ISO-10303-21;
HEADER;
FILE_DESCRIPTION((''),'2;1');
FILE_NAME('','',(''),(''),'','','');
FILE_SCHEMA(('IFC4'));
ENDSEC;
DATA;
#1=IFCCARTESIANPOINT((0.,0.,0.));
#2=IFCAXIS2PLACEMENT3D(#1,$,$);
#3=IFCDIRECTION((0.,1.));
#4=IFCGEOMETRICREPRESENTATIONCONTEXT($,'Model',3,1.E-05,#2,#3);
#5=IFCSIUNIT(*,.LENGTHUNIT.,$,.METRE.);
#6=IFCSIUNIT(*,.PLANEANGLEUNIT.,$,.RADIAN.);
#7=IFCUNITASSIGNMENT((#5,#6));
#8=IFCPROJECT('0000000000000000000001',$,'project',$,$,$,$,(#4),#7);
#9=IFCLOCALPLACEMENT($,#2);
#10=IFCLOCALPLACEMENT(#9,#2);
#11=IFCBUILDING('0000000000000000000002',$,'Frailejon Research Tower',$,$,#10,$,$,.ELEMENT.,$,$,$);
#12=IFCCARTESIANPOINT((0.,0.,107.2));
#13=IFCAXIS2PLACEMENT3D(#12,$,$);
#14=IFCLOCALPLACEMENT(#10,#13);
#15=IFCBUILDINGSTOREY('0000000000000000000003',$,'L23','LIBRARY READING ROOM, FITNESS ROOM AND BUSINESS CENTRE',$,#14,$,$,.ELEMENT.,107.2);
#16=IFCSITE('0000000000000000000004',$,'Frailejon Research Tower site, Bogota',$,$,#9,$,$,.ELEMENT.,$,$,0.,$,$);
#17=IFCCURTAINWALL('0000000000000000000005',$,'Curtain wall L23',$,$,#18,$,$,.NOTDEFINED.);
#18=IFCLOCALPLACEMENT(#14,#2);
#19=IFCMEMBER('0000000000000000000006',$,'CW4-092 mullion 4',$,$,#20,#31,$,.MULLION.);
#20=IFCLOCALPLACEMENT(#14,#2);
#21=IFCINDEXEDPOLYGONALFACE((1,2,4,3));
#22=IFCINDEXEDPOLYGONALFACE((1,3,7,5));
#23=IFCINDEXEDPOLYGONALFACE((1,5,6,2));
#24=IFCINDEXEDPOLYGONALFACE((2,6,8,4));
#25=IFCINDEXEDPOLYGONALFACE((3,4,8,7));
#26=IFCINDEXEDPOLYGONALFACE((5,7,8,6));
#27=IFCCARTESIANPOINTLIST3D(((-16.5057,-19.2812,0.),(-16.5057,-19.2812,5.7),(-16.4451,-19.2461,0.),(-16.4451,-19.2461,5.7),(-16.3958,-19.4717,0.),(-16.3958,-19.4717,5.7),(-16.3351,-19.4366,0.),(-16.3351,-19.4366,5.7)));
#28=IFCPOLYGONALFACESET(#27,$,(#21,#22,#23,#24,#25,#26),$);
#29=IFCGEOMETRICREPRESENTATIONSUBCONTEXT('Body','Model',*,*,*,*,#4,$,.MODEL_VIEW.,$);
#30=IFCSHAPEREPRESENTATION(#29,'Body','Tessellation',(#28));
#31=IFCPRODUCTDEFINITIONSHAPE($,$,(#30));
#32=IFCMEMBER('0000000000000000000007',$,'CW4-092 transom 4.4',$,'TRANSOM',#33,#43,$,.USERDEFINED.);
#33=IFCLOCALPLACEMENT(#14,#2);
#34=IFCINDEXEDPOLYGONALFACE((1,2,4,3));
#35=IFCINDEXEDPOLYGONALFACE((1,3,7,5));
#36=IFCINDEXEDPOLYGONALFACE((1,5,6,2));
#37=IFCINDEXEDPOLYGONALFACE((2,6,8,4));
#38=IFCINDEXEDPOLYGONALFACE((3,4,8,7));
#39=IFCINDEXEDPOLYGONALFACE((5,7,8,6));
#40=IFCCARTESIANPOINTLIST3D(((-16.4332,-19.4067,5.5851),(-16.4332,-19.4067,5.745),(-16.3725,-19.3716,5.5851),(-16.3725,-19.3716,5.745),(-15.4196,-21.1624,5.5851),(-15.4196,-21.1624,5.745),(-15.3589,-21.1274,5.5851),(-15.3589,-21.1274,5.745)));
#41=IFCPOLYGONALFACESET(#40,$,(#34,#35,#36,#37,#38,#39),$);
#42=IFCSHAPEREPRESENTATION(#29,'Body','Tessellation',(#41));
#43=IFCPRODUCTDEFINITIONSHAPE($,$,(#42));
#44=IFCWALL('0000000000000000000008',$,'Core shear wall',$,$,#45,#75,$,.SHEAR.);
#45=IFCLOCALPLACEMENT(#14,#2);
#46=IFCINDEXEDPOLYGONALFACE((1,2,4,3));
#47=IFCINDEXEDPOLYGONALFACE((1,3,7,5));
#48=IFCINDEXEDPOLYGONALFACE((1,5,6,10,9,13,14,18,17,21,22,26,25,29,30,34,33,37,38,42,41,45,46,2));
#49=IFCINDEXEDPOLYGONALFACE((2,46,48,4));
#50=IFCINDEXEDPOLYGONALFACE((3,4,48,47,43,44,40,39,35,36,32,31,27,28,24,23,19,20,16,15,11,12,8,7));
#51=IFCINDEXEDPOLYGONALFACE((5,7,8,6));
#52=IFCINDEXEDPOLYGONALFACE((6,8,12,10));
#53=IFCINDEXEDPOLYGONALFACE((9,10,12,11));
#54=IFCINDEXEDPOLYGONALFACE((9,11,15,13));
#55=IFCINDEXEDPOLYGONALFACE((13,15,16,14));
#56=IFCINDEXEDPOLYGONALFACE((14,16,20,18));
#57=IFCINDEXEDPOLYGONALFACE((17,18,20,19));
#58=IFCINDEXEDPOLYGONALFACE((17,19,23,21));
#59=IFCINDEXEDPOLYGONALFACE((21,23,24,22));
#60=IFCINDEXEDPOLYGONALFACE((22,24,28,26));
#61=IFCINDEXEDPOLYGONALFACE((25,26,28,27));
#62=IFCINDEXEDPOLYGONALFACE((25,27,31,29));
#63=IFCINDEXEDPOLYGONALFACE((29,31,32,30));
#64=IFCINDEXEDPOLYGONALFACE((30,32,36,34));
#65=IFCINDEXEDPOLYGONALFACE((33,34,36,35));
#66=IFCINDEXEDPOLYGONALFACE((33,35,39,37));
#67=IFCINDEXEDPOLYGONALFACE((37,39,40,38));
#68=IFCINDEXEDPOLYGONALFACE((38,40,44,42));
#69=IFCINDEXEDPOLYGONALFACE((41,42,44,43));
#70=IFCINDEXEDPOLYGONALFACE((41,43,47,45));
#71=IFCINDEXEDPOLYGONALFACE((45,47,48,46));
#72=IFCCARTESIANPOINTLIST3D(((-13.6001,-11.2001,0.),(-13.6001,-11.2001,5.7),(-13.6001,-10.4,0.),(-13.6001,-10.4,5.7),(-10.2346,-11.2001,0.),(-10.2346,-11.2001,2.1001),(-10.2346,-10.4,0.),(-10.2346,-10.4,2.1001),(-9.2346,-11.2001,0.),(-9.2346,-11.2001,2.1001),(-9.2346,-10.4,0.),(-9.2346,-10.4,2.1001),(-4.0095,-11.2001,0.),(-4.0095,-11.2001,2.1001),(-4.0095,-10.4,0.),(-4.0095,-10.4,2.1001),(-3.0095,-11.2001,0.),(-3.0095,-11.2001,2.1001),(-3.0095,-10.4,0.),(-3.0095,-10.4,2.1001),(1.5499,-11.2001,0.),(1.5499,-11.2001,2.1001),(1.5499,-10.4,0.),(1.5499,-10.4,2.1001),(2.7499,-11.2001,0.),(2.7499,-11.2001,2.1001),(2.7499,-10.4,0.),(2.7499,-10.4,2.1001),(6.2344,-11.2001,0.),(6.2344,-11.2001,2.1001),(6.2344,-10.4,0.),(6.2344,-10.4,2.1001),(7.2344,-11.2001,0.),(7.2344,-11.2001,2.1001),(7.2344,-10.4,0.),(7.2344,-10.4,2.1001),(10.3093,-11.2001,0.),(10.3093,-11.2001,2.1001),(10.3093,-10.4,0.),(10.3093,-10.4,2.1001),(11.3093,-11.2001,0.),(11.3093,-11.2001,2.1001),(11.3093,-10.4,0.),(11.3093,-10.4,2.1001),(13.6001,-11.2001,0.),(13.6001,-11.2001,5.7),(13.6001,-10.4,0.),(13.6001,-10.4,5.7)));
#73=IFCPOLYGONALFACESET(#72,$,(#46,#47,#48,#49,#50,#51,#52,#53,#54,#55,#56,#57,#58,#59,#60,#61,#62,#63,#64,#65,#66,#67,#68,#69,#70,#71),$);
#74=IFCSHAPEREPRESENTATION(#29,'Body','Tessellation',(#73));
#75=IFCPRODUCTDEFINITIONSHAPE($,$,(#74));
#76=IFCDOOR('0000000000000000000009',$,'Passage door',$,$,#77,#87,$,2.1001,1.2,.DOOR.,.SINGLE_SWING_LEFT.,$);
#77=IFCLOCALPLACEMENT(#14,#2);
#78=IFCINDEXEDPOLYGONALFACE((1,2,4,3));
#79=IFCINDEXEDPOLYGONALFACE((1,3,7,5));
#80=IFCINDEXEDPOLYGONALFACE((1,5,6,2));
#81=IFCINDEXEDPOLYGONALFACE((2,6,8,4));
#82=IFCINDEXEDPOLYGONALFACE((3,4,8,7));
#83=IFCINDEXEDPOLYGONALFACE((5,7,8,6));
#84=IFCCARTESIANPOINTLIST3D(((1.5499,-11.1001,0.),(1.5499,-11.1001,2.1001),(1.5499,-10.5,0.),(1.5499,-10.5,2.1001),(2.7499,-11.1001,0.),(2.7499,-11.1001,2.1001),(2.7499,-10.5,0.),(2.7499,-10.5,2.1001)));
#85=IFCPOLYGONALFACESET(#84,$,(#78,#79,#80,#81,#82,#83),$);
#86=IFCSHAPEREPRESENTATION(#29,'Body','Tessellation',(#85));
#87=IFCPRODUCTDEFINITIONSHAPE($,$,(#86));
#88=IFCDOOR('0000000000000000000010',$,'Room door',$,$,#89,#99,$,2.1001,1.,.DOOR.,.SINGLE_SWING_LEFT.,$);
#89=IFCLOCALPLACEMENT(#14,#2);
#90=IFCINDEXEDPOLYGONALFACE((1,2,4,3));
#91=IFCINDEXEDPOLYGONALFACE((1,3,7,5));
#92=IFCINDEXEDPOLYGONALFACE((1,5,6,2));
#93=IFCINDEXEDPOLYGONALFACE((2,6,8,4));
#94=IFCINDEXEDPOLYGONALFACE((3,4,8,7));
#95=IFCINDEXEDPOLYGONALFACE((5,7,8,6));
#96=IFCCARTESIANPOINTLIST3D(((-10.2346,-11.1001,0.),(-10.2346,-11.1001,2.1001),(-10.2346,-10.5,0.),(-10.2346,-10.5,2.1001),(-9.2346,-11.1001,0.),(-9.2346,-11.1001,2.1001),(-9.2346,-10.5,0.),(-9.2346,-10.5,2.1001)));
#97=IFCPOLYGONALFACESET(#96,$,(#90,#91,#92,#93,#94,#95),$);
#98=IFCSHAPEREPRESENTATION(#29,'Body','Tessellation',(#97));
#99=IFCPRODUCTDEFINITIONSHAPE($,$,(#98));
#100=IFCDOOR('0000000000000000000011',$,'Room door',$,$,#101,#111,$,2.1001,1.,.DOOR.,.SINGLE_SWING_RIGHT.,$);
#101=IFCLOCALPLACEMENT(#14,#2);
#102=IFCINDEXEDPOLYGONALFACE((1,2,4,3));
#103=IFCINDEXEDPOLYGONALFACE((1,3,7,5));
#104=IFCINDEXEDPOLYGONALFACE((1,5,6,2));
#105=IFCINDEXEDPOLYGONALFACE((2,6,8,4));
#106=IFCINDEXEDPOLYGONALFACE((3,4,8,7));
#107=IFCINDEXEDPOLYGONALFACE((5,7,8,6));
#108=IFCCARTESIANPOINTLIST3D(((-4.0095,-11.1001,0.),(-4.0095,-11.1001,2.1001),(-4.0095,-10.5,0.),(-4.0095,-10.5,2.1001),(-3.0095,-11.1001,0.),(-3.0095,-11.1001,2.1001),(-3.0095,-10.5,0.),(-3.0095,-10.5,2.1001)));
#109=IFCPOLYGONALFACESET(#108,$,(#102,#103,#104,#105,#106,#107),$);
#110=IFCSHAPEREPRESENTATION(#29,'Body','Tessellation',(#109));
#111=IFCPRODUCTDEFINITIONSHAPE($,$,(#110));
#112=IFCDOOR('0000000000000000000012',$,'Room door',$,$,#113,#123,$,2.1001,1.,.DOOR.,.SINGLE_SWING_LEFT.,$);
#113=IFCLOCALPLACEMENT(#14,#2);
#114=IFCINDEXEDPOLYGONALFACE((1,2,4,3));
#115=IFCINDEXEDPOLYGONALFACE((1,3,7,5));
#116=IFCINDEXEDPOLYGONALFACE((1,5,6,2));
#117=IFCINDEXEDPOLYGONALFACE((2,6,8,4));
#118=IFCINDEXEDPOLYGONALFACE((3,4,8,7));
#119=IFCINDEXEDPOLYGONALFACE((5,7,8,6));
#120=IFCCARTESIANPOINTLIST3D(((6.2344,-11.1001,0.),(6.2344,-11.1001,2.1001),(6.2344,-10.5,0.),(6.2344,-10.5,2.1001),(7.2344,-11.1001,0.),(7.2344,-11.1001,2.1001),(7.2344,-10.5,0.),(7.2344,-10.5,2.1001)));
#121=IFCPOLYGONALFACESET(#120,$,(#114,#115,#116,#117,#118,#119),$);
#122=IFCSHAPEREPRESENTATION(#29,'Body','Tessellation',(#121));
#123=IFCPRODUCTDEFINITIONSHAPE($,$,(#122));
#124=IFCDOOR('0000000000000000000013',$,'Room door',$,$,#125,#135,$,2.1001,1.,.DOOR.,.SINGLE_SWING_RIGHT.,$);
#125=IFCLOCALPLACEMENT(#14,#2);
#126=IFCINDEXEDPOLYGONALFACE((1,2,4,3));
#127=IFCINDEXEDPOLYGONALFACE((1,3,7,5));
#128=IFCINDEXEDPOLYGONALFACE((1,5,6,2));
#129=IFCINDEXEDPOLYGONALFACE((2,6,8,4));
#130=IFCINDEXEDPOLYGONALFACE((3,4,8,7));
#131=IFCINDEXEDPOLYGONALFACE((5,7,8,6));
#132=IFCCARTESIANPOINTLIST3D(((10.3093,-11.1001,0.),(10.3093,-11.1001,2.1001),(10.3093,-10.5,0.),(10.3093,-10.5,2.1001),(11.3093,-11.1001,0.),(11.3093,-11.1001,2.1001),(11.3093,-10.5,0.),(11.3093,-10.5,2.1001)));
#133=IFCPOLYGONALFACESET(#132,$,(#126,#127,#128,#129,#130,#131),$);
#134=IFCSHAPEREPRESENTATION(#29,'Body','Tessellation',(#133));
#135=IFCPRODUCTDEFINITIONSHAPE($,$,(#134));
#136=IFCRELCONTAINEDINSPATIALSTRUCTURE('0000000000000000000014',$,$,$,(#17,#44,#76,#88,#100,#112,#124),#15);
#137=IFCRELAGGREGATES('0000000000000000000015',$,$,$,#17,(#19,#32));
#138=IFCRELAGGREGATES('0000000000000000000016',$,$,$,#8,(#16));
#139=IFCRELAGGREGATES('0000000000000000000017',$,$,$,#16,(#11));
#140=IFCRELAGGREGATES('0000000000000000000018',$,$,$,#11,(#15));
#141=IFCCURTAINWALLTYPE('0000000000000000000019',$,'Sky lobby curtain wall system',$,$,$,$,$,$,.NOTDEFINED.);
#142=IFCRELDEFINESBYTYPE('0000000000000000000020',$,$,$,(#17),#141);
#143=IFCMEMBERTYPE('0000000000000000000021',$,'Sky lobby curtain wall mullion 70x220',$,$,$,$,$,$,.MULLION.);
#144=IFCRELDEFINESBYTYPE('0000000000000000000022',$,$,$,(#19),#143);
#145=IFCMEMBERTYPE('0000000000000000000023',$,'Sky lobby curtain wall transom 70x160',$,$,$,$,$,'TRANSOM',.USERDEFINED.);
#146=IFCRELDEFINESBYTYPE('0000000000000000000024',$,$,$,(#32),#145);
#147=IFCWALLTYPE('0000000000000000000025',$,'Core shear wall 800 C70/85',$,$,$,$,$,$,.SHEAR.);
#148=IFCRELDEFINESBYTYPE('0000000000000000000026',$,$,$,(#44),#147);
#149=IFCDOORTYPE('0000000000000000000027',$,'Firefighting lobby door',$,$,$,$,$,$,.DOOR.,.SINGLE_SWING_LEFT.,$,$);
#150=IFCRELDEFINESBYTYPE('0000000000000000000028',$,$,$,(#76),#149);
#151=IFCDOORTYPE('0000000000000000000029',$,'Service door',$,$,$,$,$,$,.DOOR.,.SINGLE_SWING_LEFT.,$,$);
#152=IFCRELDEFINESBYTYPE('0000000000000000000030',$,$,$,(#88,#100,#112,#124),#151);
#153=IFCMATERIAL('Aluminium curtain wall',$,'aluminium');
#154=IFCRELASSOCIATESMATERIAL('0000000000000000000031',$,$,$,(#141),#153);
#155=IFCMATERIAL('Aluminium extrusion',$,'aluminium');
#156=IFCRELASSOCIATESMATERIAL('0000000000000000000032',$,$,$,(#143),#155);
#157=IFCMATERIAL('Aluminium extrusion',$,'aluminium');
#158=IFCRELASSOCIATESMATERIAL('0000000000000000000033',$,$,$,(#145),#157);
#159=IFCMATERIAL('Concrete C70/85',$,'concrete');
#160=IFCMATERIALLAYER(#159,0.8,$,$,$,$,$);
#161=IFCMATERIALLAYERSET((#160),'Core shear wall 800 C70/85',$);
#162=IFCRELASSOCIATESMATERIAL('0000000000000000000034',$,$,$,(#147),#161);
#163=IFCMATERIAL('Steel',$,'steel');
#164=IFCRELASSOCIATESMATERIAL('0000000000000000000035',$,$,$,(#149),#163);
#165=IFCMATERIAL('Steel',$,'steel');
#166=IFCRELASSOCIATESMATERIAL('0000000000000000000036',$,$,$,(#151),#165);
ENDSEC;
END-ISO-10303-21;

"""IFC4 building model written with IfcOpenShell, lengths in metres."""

from ifc_helpers import new_model, si_unit, direction, frame, frame_2d, origin, origin_2d, place, context, subcontext, project, spatial, rectangle, extrude, material, layer, layer_set, material_profile, profile_set, type_object, element, fill, aggregate, save


model = new_model("IFC4")

# Units and contexts
model_context = context("Model", 3, precision=1e-05, world=origin(), true_north=direction((0.0, 1.0)))
body_context = subcontext(model_context, "Body", "Model", "MODEL_VIEW")
ifc_project = project(units=[si_unit("LENGTHUNIT", "METRE"), si_unit("PLANEANGLEUNIT", "RADIAN")], contexts=[model_context])

# Site, building, storey
site_placement = place(None, origin())
site = spatial("IfcSite", under=ifc_project, at=site_placement, Name="Frailejon Research Tower site, Bogota", CompositionType="ELEMENT", RefElevation=0.0)
building_placement = place(site_placement, origin())
building = spatial("IfcBuilding", under=site, at=building_placement, Name="Frailejon Research Tower", CompositionType="ELEMENT")
storey_placement = place(building_placement, frame((0.0, 0.0, 107.2)))
storey = spatial("IfcBuildingStorey", under=building, at=storey_placement, Name="L23", Description="LIBRARY READING ROOM, FITNESS ROOM AND BUSINESS CENTRE", CompositionType="ELEMENT", Elevation=107.2)

# Curtain wall, members
ifc_material_1 = material(Name="Aluminium curtain wall", Category="aluminium")
curtain_wall_type = type_object("IfcCurtainWallType", Name="Sky lobby curtain wall system", PredefinedType="NOTDEFINED", material=ifc_material_1)
curtain_wall_placement = place(storey_placement, origin())
curtain_wall = element("IfcCurtainWall", 1, at=curtain_wall_placement, inside=storey, type_object=curtain_wall_type, Name="Curtain wall L23", PredefinedType="NOTDEFINED")
ifc_material_2 = material(Name="Aluminium extrusion", Category="aluminium")
ifc_material_profile_1 = material_profile(ifc_material_2, rectangle(XDim=0.0701, YDim=0.22, at=origin_2d()), Name="Sky lobby curtain wall mullion 70x220")
ifc_profile_set_1 = profile_set([ifc_material_profile_1], Name="Aluminium extrusion")
member_type_1 = type_object("IfcMemberType", Name="Sky lobby curtain wall mullion 70x220", PredefinedType="MULLION", material=ifc_profile_set_1)
member_1_placement = place(storey_placement, frame((-16.4204, -19.3589, 0.0), z_axis=(0.0, 0.0, 1.0), x_axis=(0.866026, 0.5, 0.0)))
member_1 = element("IfcMember", 2, at=member_1_placement, type_object=member_type_1, Name="CW4-092 mullion 4", PredefinedType="MULLION", context=body_context, shape_type="SweptSolid", body=[
    extrude(rectangle(XDim=0.0701, YDim=0.22, at=origin_2d()), origin(), (0.0, 0.0, 1.0), 5.7),
])
ifc_material_3 = material(Name="Aluminium extrusion", Category="aluminium")
ifc_material_profile_2 = material_profile(ifc_material_3, rectangle(XDim=0.0701, YDim=0.1599, at=origin_2d()), Name="Sky lobby curtain wall transom 70x160")
ifc_profile_set_2 = profile_set([ifc_material_profile_2], Name="Aluminium extrusion")
member_type_2 = type_object("IfcMemberType", Name="Sky lobby curtain wall transom 70x160", ElementType="TRANSOM", PredefinedType="USERDEFINED", material=ifc_profile_set_2)
member_2_placement = place(storey_placement, frame((-16.4028, -19.3892, 5.665), z_axis=(0.499973, -0.866041, 0.0), x_axis=(0.866041, 0.499973, 0.0)))
member_2 = element("IfcMember", 3, at=member_2_placement, type_object=member_type_2, Name="CW4-092 transom 4.4", ObjectType="TRANSOM", PredefinedType="USERDEFINED", context=body_context, shape_type="SweptSolid", body=[
    extrude(rectangle(XDim=0.0701, YDim=0.1599, at=origin_2d()), origin(), (0.0, 0.0, 1.0), 2.0273),
])
aggregate(curtain_wall, [member_1, member_2])

# Wall, openings, doors
ifc_material_4 = material(Name="Concrete C70/85", Category="concrete")
ifc_layer_1 = layer(ifc_material_4, 0.8)
ifc_layer_set_1 = layer_set([ifc_layer_1], Name="Core shear wall 800 C70/85")
wall_type_1 = type_object("IfcWallType", Name="Core shear wall 800 C70/85", PredefinedType="SHEAR", material=ifc_layer_set_1)
wall_1_placement = place(storey_placement, frame((-13.6001, -10.8, 0.0), z_axis=(0.0, 0.0, 1.0), x_axis=(1.0, 0.0, 0.0)))
wall_1 = element("IfcWall", 4, at=wall_1_placement, inside=storey, type_object=wall_type_1, Name="Core shear wall", PredefinedType="SHEAR", context=body_context, shape_type="SweptSolid", body=[
    extrude(rectangle(XDim=27.2002, YDim=0.8, at=frame_2d((13.6001, 0.0))), origin(), (0.0, 0.0, 1.0), 5.7),
])
opening_1_placement = place(wall_1_placement, frame((3.3655, 0.0, 0.0)))
opening_1 = element("IfcOpeningElement", 5, at=opening_1_placement, cuts=wall_1, PredefinedType="OPENING", context=body_context, shape_type="SweptSolid", body=[
    extrude(rectangle(XDim=1.0, YDim=2.1001, at=frame_2d((0.5, 1.05))), frame((0.0, 0.4099, 0.0), z_axis=(0.0, -1.0, 0.0), x_axis=(1.0, 0.0, 0.0)), (0.0, 0.0, 1.0), 0.8201),
])
opening_2_placement = place(wall_1_placement, frame((9.5906, 0.0, 0.0)))
opening_2 = element("IfcOpeningElement", 6, at=opening_2_placement, cuts=wall_1, PredefinedType="OPENING", context=body_context, shape_type="SweptSolid", body=[
    extrude(rectangle(XDim=1.0, YDim=2.1001, at=frame_2d((0.5, 1.05))), frame((0.0, 0.4099, 0.0), z_axis=(0.0, -1.0, 0.0), x_axis=(1.0, 0.0, 0.0)), (0.0, 0.0, 1.0), 0.8201),
])
opening_3_placement = place(wall_1_placement, frame((19.8345, 0.0, 0.0)))
opening_3 = element("IfcOpeningElement", 7, at=opening_3_placement, cuts=wall_1, PredefinedType="OPENING", context=body_context, shape_type="SweptSolid", body=[
    extrude(rectangle(XDim=1.0, YDim=2.1001, at=frame_2d((0.5, 1.05))), frame((0.0, 0.4099, 0.0), z_axis=(0.0, -1.0, 0.0), x_axis=(1.0, 0.0, 0.0)), (0.0, 0.0, 1.0), 0.8201),
])
opening_4_placement = place(wall_1_placement, frame((23.9094, 0.0, 0.0)))
opening_4 = element("IfcOpeningElement", 8, at=opening_4_placement, cuts=wall_1, PredefinedType="OPENING", context=body_context, shape_type="SweptSolid", body=[
    extrude(rectangle(XDim=1.0, YDim=2.1001, at=frame_2d((0.5, 1.05))), frame((0.0, 0.4099, 0.0), z_axis=(0.0, -1.0, 0.0), x_axis=(1.0, 0.0, 0.0)), (0.0, 0.0, 1.0), 0.8201),
])
opening_5_placement = place(wall_1_placement, frame((15.1499, 0.0, 0.0)))
opening_5 = element("IfcOpeningElement", 9, at=opening_5_placement, cuts=wall_1, PredefinedType="OPENING", context=body_context, shape_type="SweptSolid", body=[
    extrude(rectangle(XDim=1.2, YDim=2.1001, at=frame_2d((0.6001, 1.05))), frame((0.0, 0.4099, 0.0), z_axis=(0.0, -1.0, 0.0), x_axis=(1.0, 0.0, 0.0)), (0.0, 0.0, 1.0), 0.8201),
])
ifc_material_5 = material(Name="Steel", Category="steel")
door_type_1 = type_object("IfcDoorType", Name="Firefighting lobby door", OperationType="SINGLE_SWING_LEFT", PredefinedType="DOOR", material=ifc_material_5)
door_1_placement = place(opening_5_placement, origin())
door_1 = element("IfcDoor", 10, at=door_1_placement, inside=storey, type_object=door_type_1, Name="Passage door", OperationType="SINGLE_SWING_LEFT", OverallHeight=2.1001, OverallWidth=1.2, PredefinedType="DOOR", context=body_context, shape_type="SweptSolid", body=[
    extrude(rectangle(XDim=1.2, YDim=2.1001, at=frame_2d((0.6001, 1.05))), frame((0.0, 0.3, 0.0), z_axis=(0.0, -1.0, 0.0), x_axis=(1.0, 0.0, 0.0)), (0.0, 0.0, 1.0), 0.6001),
])
fill(opening_5, door_1)
ifc_material_6 = material(Name="Steel", Category="steel")
door_type_2 = type_object("IfcDoorType", Name="Service door", OperationType="SINGLE_SWING_LEFT", PredefinedType="DOOR", material=ifc_material_6)
door_2_placement = place(opening_1_placement, origin())
door_2 = element("IfcDoor", 11, at=door_2_placement, inside=storey, type_object=door_type_2, Name="Room door", OperationType="SINGLE_SWING_LEFT", OverallHeight=2.1001, OverallWidth=1.0, PredefinedType="DOOR", context=body_context, shape_type="SweptSolid", body=[
    extrude(rectangle(XDim=1.0, YDim=2.1001, at=frame_2d((0.5, 1.05))), frame((0.0, 0.3, 0.0), z_axis=(0.0, -1.0, 0.0), x_axis=(1.0, 0.0, 0.0)), (0.0, 0.0, 1.0), 0.6001),
])
fill(opening_1, door_2)
door_3_placement = place(opening_2_placement, origin())
door_3 = element("IfcDoor", 12, at=door_3_placement, inside=storey, type_object=door_type_2, Name="Room door", OperationType="SINGLE_SWING_RIGHT", OverallHeight=2.1001, OverallWidth=1.0, PredefinedType="DOOR", context=body_context, shape_type="SweptSolid", body=[
    extrude(rectangle(XDim=1.0, YDim=2.1001, at=frame_2d((0.5, 1.05))), frame((0.0, 0.3, 0.0), z_axis=(0.0, -1.0, 0.0), x_axis=(1.0, 0.0, 0.0)), (0.0, 0.0, 1.0), 0.6001),
])
fill(opening_2, door_3)
door_4_placement = place(opening_3_placement, origin())
door_4 = element("IfcDoor", 13, at=door_4_placement, inside=storey, type_object=door_type_2, Name="Room door", OperationType="SINGLE_SWING_LEFT", OverallHeight=2.1001, OverallWidth=1.0, PredefinedType="DOOR", context=body_context, shape_type="SweptSolid", body=[
    extrude(rectangle(XDim=1.0, YDim=2.1001, at=frame_2d((0.5, 1.05))), frame((0.0, 0.3, 0.0), z_axis=(0.0, -1.0, 0.0), x_axis=(1.0, 0.0, 0.0)), (0.0, 0.0, 1.0), 0.6001),
])
fill(opening_3, door_4)
door_5_placement = place(opening_4_placement, origin())
door_5 = element("IfcDoor", 14, at=door_5_placement, inside=storey, type_object=door_type_2, Name="Room door", OperationType="SINGLE_SWING_RIGHT", OverallHeight=2.1001, OverallWidth=1.0, PredefinedType="DOOR", context=body_context, shape_type="SweptSolid", body=[
    extrude(rectangle(XDim=1.0, YDim=2.1001, at=frame_2d((0.5, 1.05))), frame((0.0, 0.3, 0.0), z_axis=(0.0, -1.0, 0.0), x_axis=(1.0, 0.0, 0.0)), (0.0, 0.0, 1.0), 0.6001),
])
fill(opening_4, door_5)

save(model, "model.ifc")
